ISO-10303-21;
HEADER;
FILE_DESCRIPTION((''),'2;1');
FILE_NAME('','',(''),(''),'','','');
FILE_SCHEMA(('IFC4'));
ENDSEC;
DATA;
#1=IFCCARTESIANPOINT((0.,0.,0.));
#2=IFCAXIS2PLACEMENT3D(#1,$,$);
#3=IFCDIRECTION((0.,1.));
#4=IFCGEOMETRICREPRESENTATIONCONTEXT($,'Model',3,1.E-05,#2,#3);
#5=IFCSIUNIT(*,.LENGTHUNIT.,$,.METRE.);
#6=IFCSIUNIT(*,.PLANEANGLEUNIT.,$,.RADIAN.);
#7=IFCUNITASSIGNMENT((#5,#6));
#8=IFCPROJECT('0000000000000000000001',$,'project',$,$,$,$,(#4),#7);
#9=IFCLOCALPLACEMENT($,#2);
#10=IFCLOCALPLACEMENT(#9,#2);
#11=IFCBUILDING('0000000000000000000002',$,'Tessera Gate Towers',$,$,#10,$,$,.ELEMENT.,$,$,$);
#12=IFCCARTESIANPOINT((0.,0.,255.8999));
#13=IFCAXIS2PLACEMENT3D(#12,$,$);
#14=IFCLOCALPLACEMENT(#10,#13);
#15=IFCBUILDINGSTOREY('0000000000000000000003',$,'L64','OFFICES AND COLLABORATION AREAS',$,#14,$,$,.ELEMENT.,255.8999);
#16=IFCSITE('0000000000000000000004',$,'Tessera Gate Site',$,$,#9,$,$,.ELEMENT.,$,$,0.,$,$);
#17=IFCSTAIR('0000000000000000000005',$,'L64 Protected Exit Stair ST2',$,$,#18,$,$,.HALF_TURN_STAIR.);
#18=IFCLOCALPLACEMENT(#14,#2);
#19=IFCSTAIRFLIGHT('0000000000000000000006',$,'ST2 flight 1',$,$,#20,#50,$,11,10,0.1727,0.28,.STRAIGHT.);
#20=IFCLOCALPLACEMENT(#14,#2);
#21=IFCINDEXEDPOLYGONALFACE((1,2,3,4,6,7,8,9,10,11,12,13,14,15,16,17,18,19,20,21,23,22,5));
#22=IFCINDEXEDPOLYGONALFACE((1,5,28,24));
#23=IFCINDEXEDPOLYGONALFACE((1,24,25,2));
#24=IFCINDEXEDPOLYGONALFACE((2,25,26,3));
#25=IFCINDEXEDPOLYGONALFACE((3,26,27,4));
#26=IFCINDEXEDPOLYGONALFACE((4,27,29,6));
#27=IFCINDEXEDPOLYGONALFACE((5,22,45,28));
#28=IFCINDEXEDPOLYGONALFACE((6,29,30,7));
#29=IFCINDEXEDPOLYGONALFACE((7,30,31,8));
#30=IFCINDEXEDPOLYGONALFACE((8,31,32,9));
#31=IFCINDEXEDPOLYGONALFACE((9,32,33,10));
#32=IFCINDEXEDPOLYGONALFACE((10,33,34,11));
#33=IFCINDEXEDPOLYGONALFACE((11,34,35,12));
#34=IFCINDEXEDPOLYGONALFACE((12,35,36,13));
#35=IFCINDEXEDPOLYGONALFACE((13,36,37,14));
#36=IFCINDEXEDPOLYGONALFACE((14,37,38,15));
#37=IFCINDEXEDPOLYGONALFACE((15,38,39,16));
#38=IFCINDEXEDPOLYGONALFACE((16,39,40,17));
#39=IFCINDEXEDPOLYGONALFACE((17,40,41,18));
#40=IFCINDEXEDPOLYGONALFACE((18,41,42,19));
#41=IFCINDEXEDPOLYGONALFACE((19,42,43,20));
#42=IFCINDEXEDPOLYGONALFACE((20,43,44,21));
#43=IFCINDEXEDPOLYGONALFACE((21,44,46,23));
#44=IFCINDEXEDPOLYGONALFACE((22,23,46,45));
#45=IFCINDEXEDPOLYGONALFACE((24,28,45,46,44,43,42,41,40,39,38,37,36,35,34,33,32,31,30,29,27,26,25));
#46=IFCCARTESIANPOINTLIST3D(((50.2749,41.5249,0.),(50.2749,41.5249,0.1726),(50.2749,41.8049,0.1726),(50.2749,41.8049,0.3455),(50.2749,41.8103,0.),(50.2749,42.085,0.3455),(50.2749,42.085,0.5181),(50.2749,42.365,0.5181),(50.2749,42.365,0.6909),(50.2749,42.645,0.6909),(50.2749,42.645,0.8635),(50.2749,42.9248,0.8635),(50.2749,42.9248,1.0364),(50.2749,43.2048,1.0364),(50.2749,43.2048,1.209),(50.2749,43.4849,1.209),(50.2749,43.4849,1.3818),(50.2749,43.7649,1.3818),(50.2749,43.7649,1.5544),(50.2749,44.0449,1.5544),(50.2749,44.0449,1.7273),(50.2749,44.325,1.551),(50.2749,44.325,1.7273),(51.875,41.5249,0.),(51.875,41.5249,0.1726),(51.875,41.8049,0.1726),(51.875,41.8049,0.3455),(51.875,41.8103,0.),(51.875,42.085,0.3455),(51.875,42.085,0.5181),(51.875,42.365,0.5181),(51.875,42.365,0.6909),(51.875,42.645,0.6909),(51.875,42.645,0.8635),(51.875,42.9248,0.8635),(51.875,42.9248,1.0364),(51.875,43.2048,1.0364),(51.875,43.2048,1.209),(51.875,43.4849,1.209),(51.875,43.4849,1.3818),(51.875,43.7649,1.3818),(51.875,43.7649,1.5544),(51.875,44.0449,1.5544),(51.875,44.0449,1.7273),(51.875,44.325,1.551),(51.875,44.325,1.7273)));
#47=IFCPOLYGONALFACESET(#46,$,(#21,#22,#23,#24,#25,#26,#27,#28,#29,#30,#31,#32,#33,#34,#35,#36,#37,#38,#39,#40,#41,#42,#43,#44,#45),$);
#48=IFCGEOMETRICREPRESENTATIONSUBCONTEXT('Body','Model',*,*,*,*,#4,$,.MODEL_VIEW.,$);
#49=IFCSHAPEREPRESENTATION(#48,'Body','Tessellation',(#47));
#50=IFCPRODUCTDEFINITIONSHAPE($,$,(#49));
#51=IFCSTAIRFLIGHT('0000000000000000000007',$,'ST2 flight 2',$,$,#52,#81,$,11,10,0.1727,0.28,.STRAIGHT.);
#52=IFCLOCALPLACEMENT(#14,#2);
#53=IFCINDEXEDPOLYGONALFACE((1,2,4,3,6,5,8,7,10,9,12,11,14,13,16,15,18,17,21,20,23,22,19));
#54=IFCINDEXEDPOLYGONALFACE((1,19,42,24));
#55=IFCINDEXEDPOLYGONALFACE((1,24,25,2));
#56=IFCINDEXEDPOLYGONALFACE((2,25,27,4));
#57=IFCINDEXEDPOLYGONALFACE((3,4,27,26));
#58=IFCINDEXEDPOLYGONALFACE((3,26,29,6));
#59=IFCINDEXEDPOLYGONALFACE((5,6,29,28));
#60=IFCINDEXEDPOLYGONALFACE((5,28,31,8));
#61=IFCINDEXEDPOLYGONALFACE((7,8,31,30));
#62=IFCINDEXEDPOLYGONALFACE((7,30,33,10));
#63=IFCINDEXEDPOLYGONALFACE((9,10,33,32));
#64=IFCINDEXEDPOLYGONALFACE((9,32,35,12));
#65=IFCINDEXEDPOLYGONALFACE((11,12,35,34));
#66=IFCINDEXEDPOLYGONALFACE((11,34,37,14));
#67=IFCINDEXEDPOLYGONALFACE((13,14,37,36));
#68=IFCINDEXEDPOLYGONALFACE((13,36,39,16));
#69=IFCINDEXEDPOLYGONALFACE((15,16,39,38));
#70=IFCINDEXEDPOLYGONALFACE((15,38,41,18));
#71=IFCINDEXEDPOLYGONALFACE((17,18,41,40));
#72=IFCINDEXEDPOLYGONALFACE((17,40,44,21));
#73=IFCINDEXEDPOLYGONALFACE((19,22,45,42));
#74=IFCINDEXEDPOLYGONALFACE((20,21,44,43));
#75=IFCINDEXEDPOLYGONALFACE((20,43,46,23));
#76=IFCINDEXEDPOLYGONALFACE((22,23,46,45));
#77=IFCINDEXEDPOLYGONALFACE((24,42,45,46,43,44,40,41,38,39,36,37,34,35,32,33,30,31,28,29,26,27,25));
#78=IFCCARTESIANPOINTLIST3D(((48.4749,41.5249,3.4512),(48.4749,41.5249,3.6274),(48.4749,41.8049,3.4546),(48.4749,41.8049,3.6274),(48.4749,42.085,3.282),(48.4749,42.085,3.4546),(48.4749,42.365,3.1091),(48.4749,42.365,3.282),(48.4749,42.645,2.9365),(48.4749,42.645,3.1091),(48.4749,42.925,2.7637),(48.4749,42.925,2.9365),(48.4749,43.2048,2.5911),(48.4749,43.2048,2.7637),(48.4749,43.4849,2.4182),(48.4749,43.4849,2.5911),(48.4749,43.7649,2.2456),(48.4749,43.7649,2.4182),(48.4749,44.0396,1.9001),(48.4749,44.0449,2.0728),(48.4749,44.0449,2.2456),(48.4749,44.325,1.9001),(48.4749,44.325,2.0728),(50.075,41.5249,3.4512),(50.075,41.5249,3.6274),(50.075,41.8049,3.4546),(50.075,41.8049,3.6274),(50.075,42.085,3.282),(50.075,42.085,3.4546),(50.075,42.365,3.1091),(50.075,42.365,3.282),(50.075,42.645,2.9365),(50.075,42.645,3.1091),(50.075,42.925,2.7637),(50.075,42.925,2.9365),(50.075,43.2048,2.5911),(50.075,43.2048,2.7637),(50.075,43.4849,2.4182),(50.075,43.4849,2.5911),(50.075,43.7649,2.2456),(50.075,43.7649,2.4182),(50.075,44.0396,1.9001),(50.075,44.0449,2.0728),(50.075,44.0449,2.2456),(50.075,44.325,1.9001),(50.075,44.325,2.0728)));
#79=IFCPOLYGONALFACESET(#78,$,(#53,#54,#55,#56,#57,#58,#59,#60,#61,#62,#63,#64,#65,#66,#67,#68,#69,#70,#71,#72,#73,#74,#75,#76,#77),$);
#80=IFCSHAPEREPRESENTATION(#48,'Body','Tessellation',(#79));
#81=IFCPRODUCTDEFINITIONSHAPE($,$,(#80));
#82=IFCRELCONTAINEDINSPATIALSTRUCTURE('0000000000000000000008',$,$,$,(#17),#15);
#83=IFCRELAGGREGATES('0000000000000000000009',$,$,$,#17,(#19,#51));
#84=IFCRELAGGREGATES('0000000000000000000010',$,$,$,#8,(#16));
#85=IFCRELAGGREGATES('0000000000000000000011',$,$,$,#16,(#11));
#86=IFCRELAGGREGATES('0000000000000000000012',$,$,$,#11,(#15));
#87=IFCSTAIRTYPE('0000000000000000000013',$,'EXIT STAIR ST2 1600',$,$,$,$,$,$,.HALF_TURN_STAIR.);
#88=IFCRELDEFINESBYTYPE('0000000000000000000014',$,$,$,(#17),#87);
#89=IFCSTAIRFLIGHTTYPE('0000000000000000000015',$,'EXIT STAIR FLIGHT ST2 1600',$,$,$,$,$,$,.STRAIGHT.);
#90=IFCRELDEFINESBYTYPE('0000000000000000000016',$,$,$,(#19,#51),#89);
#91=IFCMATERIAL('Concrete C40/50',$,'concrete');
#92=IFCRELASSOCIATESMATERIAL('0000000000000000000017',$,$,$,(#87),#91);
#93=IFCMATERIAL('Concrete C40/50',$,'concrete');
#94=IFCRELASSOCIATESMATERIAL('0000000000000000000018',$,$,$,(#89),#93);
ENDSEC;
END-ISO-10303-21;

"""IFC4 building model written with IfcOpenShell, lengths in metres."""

from ifc_helpers import new_model, si_unit, direction, frame, origin, place, context, subcontext, project, spatial, polyline, outline, extrude, material, type_object, element, aggregate, save


model = new_model("IFC4")

# Units and contexts
model_context = context("Model", 3, precision=1e-05, world=origin(), true_north=direction((0.0, 1.0)))
body_context = subcontext(model_context, "Body", "Model", "MODEL_VIEW")
ifc_project = project(units=[si_unit("LENGTHUNIT", "METRE"), si_unit("PLANEANGLEUNIT", "RADIAN")], contexts=[model_context])

# Site, building, storey
site_placement = place(None, origin())
site = spatial("IfcSite", under=ifc_project, at=site_placement, Name="Tessera Gate Site", CompositionType="ELEMENT", RefElevation=0.0)
building_placement = place(site_placement, origin())
building = spatial("IfcBuilding", under=site, at=building_placement, Name="Tessera Gate Towers", CompositionType="ELEMENT")
storey_placement = place(building_placement, frame((0.0, 0.0, 255.8999)))
storey = spatial("IfcBuildingStorey", under=building, at=storey_placement, Name="L64", Description="OFFICES AND COLLABORATION AREAS", CompositionType="ELEMENT", Elevation=255.8999)

# Stair, stair flights
ifc_material_1 = material(Name="Concrete C40/50", Category="concrete")
stair_type = type_object("IfcStairType", Name="EXIT STAIR ST2 1600", PredefinedType="HALF_TURN_STAIR", material=ifc_material_1)
stair_placement = place(storey_placement, origin())
stair = element("IfcStair", 1, at=stair_placement, inside=storey, type_object=stair_type, Name="L64 Protected Exit Stair ST2", PredefinedType="HALF_TURN_STAIR")
ifc_material_2 = material(Name="Concrete C40/50", Category="concrete")
stair_flight_type = type_object("IfcStairFlightType", Name="EXIT STAIR FLIGHT ST2 1600", PredefinedType="STRAIGHT", material=ifc_material_2)
stair_flight_1_placement = place(storey_placement, frame((51.075, 41.5249, 0.0), z_axis=(0.0, 0.0, 1.0), x_axis=(0.0, 1.0, 0.0)))
stair_flight_1 = element("IfcStairFlight", 2, at=stair_flight_1_placement, type_object=stair_flight_type, Name="ST2 flight 1", NumberOfRisers=11, NumberOfTreads=10, PredefinedType="STRAIGHT", RiserHeight=0.1727, TreadLength=0.28, context=body_context, shape_type="SweptSolid", body=[
    extrude(outline(polyline([(0.0, 0.0), (0.0, 0.1726), (0.28, 0.1726), (0.28, 0.3455), (0.5601, 0.3455), (0.5601, 0.5181), (0.8401, 0.5181), (0.8401, 0.6909), (1.1201, 0.6909), (1.1201, 0.8635), (1.3999, 0.8635), (1.3999, 1.0364), (1.6799, 1.0364), (1.6799, 1.209), (1.96, 1.209), (1.96, 1.3818), (2.24, 1.3818), (2.24, 1.5544), (2.52, 1.5544), (2.52, 1.7273), (2.8, 1.7273), (2.8, 1.8999), (2.8, 1.551), (0.2854, 0.0), (0.0, 0.0)])), frame((0.0, 0.8, 0.0), z_axis=(0.0, -1.0, 0.0), x_axis=(1.0, 0.0, 0.0)), (0.0, 0.0, 1.0), 1.6001),
])
stair_flight_2_placement = place(storey_placement, frame((49.2749, 44.325, 1.9001), z_axis=(0.0, 0.0, 1.0), x_axis=(0.0, -1.0, 0.0)))
stair_flight_2 = element("IfcStairFlight", 3, at=stair_flight_2_placement, type_object=stair_flight_type, Name="ST2 flight 2", NumberOfRisers=11, NumberOfTreads=10, PredefinedType="STRAIGHT", RiserHeight=0.1727, TreadLength=0.28, context=body_context, shape_type="SweptSolid", body=[
    extrude(outline(polyline([(0.0, 0.0), (0.0, 0.1726), (0.28, 0.1726), (0.28, 0.3455), (0.5601, 0.3455), (0.5601, 0.5181), (0.8401, 0.5181), (0.8401, 0.6909), (1.1201, 0.6909), (1.1201, 0.8635), (1.3999, 0.8635), (1.3999, 1.0364), (1.6799, 1.0364), (1.6799, 1.209), (1.96, 1.209), (1.96, 1.3818), (2.24, 1.3818), (2.24, 1.5544), (2.52, 1.5544), (2.52, 1.7273), (2.8, 1.7273), (2.8, 1.8999), (2.8, 1.551), (0.2854, 0.0), (0.0, 0.0)])), frame((0.0, 0.8, 0.0), z_axis=(0.0, -1.0, 0.0), x_axis=(1.0, 0.0, 0.0)), (0.0, 0.0, 1.0), 1.6001),
])
aggregate(stair, [stair_flight_1, stair_flight_2])

save(model, "model.ifc")
